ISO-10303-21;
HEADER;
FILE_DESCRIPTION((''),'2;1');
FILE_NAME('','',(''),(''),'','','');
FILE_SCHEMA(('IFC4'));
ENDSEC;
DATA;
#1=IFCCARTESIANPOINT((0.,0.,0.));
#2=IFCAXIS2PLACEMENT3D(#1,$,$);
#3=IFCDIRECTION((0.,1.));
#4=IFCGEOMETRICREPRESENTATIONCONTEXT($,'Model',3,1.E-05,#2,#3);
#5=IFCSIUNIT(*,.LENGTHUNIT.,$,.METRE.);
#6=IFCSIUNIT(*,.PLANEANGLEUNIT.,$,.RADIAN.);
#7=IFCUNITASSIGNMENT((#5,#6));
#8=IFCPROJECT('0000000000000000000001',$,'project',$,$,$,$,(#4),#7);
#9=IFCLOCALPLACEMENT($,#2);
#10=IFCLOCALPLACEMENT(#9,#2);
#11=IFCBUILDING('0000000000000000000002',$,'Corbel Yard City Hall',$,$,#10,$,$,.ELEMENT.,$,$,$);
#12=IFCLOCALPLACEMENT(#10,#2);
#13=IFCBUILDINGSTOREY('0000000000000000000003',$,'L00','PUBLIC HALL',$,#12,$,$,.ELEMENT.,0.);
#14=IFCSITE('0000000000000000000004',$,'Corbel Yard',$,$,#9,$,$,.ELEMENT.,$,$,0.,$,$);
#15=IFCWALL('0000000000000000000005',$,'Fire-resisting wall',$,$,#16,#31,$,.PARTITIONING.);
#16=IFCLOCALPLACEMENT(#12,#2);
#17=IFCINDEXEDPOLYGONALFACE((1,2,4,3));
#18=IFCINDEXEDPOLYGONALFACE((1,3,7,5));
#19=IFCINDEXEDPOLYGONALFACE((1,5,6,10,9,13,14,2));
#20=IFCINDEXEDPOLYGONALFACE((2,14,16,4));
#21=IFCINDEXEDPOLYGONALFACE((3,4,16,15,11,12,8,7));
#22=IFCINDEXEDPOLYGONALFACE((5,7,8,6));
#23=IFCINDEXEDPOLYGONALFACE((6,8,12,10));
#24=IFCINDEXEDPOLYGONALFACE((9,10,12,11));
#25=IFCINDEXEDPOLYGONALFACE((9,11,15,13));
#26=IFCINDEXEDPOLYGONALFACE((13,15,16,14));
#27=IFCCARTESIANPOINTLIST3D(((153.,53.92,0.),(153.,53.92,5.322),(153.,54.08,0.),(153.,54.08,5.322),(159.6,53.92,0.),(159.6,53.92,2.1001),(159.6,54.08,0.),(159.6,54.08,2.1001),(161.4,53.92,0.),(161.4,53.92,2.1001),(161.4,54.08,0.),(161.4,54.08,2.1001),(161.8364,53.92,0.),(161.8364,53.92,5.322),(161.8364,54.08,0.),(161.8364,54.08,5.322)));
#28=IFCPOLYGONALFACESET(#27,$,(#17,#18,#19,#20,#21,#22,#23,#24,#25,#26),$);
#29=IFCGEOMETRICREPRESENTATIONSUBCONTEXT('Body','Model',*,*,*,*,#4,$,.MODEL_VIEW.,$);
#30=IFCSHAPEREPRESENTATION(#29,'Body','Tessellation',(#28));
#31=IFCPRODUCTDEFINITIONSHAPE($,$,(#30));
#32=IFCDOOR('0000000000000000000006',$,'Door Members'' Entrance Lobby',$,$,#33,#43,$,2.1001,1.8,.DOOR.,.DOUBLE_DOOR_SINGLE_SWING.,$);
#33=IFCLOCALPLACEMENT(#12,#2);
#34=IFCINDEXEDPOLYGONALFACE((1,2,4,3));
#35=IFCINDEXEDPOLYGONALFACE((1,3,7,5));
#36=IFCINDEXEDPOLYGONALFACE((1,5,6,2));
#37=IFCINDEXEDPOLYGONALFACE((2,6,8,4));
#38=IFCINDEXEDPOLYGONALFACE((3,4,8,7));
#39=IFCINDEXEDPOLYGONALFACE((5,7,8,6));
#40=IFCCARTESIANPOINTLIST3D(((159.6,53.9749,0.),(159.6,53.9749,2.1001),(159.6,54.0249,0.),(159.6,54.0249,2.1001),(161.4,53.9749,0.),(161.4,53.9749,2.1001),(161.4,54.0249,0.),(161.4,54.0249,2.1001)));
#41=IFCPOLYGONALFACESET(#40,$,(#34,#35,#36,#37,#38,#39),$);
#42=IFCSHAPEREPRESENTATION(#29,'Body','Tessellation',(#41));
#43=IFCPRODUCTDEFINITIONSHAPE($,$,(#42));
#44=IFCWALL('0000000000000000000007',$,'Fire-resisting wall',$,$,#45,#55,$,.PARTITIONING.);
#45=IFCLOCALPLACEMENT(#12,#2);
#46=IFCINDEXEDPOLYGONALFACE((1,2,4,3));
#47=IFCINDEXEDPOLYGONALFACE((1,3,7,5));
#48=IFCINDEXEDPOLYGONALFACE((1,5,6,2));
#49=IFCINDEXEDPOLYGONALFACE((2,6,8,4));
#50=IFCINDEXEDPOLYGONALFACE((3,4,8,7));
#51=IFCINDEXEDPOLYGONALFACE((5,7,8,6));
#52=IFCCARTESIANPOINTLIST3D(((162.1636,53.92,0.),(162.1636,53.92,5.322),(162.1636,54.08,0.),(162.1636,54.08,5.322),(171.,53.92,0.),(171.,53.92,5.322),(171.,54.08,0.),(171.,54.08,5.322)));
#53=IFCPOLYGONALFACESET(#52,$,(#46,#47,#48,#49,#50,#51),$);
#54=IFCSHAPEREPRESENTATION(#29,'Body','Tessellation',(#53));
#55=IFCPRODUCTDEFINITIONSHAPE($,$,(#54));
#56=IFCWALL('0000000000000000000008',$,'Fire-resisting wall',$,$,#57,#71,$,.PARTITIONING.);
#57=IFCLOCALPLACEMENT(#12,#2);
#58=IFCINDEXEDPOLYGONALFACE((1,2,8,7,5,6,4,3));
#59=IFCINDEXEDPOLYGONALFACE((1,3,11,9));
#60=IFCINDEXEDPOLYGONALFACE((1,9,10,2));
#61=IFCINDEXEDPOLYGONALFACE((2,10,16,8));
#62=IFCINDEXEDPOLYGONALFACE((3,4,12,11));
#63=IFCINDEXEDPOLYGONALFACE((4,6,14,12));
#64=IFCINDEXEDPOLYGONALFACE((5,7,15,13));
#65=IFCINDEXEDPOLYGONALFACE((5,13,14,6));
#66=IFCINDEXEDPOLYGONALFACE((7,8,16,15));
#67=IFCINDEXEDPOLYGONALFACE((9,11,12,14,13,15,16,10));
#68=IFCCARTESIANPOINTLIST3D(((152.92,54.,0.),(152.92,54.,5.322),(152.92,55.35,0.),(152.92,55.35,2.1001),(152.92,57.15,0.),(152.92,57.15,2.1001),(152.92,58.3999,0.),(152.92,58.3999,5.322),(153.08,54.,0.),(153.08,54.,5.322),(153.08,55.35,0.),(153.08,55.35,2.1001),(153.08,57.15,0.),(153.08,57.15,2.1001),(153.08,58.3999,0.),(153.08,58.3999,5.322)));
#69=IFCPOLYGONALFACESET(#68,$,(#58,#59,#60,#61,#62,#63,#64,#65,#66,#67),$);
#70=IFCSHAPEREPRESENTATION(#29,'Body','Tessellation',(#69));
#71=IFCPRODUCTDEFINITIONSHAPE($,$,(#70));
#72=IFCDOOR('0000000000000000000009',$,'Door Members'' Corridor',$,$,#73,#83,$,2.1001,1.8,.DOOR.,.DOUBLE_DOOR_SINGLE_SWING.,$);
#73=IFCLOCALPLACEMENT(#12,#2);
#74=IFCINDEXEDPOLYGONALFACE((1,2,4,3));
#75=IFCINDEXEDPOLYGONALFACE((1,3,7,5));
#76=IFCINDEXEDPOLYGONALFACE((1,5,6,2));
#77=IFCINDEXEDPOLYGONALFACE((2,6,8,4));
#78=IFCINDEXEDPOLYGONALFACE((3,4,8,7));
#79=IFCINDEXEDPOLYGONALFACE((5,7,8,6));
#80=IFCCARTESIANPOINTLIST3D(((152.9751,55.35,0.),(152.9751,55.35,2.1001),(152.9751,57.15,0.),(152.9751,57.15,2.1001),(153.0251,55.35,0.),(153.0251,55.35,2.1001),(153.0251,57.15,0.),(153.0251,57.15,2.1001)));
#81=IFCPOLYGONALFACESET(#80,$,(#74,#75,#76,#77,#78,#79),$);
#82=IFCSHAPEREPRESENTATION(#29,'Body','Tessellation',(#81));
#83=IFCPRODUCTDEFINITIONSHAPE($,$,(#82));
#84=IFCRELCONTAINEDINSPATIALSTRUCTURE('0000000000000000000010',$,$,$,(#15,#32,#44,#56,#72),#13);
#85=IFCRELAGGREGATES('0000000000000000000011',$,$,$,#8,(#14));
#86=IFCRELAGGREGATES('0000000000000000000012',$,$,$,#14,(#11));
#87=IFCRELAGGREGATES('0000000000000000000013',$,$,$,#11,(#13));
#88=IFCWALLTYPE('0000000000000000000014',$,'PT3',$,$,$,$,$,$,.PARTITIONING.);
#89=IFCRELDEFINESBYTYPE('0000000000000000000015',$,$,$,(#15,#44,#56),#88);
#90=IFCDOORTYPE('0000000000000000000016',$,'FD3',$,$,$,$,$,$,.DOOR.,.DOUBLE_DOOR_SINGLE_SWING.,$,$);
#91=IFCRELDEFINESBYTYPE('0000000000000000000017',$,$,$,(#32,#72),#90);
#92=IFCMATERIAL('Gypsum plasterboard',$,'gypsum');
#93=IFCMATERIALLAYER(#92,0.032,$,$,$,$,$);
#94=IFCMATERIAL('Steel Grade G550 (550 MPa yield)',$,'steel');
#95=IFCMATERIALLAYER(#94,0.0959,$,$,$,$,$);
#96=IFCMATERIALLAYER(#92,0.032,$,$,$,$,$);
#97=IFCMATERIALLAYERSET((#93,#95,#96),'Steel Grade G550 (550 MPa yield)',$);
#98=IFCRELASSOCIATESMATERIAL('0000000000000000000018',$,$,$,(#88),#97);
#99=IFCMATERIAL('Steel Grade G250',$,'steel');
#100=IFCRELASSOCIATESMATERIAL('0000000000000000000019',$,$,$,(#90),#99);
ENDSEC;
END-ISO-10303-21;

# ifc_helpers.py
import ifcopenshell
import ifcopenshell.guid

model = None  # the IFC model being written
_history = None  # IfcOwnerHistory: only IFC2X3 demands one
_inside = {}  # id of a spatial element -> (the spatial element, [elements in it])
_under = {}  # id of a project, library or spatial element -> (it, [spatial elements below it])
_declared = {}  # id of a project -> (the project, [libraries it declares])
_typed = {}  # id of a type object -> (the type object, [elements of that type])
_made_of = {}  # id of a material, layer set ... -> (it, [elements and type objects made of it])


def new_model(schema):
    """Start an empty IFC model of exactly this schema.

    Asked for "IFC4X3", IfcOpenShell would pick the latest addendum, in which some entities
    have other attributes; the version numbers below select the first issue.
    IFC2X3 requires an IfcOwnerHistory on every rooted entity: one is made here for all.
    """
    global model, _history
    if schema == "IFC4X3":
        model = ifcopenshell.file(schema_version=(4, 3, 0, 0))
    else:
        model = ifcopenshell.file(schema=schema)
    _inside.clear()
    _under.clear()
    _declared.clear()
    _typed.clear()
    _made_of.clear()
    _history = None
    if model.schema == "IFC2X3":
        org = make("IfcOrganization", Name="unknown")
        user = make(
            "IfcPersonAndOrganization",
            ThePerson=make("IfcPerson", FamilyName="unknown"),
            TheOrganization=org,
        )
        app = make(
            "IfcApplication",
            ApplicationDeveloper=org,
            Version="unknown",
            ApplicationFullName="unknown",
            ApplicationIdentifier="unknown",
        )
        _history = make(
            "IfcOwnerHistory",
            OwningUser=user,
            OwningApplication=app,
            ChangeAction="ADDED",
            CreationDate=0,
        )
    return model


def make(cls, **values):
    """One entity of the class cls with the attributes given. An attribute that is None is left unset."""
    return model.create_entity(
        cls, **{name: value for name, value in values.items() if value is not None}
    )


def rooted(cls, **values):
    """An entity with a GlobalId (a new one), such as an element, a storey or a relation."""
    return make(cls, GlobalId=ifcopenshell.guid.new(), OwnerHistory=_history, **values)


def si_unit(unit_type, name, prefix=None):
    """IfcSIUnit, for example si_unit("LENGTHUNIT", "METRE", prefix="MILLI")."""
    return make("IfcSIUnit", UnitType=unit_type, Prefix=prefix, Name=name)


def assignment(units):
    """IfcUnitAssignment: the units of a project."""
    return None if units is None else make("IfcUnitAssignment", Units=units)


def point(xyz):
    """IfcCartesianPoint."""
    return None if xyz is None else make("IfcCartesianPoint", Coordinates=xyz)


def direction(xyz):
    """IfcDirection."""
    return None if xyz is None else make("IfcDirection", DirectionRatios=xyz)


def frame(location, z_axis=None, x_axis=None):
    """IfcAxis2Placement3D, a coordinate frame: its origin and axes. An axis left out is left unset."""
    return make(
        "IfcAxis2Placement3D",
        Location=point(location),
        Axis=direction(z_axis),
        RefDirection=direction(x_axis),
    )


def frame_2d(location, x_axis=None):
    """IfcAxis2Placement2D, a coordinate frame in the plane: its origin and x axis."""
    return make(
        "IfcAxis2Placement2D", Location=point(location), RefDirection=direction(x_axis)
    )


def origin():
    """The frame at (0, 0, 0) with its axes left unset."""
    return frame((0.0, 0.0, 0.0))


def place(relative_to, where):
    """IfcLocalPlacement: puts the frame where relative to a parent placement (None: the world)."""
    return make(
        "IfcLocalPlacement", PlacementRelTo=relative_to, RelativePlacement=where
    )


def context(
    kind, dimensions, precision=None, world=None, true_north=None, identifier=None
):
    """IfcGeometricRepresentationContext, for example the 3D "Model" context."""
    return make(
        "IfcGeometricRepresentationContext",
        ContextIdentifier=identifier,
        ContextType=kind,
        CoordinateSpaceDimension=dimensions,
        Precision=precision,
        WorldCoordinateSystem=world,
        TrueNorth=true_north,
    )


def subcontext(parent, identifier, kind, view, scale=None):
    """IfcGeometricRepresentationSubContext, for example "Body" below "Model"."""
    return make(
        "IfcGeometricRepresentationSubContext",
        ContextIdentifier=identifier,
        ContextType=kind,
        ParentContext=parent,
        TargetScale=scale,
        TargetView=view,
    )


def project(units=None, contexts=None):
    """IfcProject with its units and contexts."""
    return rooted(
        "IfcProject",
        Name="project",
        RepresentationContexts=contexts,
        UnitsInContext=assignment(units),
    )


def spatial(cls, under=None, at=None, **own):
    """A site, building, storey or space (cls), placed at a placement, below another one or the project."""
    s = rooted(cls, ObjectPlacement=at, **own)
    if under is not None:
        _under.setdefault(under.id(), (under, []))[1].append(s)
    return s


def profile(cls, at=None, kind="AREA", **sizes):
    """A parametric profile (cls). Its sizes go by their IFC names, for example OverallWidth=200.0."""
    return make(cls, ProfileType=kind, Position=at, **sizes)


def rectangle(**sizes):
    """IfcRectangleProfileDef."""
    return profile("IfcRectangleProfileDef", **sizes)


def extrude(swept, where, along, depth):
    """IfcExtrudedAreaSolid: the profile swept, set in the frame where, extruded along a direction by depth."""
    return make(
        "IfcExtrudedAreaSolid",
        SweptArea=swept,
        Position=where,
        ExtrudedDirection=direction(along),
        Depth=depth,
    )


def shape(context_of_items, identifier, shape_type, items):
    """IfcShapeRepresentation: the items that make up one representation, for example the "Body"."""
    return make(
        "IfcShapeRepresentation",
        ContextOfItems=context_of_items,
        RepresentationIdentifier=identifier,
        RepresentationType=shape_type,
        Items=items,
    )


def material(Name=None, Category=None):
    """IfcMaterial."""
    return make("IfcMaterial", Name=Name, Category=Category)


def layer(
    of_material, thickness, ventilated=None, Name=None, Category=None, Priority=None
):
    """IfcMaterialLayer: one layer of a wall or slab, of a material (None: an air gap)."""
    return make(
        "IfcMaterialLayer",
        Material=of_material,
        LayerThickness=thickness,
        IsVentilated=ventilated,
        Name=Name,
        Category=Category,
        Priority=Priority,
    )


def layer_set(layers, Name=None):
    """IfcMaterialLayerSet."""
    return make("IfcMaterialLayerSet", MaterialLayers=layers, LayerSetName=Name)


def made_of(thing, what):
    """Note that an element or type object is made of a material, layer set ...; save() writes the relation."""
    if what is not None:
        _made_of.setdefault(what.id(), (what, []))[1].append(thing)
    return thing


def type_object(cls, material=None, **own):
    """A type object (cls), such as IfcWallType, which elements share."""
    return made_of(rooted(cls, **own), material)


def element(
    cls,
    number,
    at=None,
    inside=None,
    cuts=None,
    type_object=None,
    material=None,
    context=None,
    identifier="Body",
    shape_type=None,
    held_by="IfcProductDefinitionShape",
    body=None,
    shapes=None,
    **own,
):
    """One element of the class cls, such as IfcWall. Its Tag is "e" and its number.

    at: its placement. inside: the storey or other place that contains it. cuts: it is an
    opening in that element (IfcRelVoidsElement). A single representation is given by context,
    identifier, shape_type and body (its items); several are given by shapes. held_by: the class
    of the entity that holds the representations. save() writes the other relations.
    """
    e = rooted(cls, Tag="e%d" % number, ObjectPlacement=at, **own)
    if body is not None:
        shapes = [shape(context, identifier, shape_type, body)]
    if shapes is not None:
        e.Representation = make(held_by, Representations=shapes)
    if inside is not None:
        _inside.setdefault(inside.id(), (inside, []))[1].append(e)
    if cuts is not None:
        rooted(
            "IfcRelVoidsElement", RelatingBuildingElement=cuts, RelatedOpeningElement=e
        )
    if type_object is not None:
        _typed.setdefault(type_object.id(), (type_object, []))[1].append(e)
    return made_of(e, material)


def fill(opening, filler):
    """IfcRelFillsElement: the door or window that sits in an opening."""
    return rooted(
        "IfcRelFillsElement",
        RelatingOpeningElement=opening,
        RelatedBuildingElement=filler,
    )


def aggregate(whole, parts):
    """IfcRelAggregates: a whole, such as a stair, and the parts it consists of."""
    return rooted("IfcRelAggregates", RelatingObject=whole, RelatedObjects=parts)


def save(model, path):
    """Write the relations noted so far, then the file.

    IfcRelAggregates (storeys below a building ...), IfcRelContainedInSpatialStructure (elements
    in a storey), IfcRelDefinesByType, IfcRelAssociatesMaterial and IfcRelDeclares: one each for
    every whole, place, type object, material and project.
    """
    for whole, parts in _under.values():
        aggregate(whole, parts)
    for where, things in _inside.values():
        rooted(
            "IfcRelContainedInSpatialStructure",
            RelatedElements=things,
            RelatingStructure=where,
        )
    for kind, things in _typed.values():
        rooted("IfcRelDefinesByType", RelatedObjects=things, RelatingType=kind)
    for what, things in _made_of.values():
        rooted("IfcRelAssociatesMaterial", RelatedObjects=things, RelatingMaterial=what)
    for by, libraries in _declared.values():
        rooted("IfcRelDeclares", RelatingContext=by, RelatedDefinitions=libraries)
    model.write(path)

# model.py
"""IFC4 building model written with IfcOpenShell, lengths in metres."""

from ifc_helpers import new_model, si_unit, direction, frame, frame_2d, origin, place, context, subcontext, project, spatial, rectangle, extrude, material, layer, layer_set, type_object, element, fill, save


model = new_model("IFC4")

# Units and contexts
model_context = context("Model", 3, precision=1e-05, world=origin(), true_north=direction((0.0, 1.0)))
body_context = subcontext(model_context, "Body", "Model", "MODEL_VIEW")
ifc_project = project(units=[si_unit("LENGTHUNIT", "METRE"), si_unit("PLANEANGLEUNIT", "RADIAN")], contexts=[model_context])

# Site, building, storey
site_placement = place(None, origin())
site = spatial("IfcSite", under=ifc_project, at=site_placement, Name="Corbel Yard", CompositionType="ELEMENT", RefElevation=0.0)
building_placement = place(site_placement, origin())
building = spatial("IfcBuilding", under=site, at=building_placement, Name="Corbel Yard City Hall", CompositionType="ELEMENT")
storey_placement = place(building_placement, origin())
storey = spatial("IfcBuildingStorey", under=building, at=storey_placement, Name="L00", Description="PUBLIC HALL", CompositionType="ELEMENT", Elevation=0.0)

# Shared definitions
ifc_material_1 = material(Name="Gypsum plasterboard", Category="gypsum")

# Wall, opening, door
ifc_layer_1 = layer(ifc_material_1, 0.032)
ifc_material_2 = material(Name="Steel Grade G550 (550 MPa yield)", Category="steel")
ifc_layer_2 = layer(ifc_material_2, 0.0959)
ifc_layer_3 = layer(ifc_material_1, 0.032)
ifc_layer_set_1 = layer_set([ifc_layer_1, ifc_layer_2, ifc_layer_3], Name="Steel Grade G550 (550 MPa yield)")
wall_type_1 = type_object("IfcWallType", Name="PT3", PredefinedType="PARTITIONING", material=ifc_layer_set_1)
wall_1_placement = place(storey_placement, frame((153.0, 54.0, 0.0), z_axis=(0.0, 0.0, 1.0), x_axis=(1.0, 0.0, 0.0)))
wall_1 = element("IfcWall", 1, at=wall_1_placement, inside=storey, type_object=wall_type_1, Name="Fire-resisting wall", PredefinedType="PARTITIONING", context=body_context, shape_type="SweptSolid", body=[
    extrude(rectangle(XDim=8.8364, YDim=0.1599, at=frame_2d((4.4182, 0.0))), origin(), (0.0, 0.0, 1.0), 5.322),
])
opening_1_placement = place(wall_1_placement, frame((6.6001, 0.0, 0.0)))
opening_1 = element("IfcOpeningElement", 2, at=opening_1_placement, cuts=wall_1, PredefinedType="OPENING", context=body_context, shape_type="SweptSolid", body=[
    extrude(rectangle(XDim=1.8, YDim=2.1001, at=frame_2d((0.8999, 1.05))), frame((0.0, 0.0898, 0.0), z_axis=(0.0, -1.0, 0.0), x_axis=(1.0, 0.0, 0.0)), (0.0, 0.0, 1.0), 0.1799),
])
ifc_material_3 = material(Name="Steel Grade G250", Category="steel")
door_type = type_object("IfcDoorType", Name="FD3", OperationType="DOUBLE_DOOR_SINGLE_SWING", PredefinedType="DOOR", material=ifc_material_3)
door_1_placement = place(opening_1_placement, origin())
door_1 = element("IfcDoor", 3, at=door_1_placement, inside=storey, type_object=door_type, Name="Door Members' Entrance Lobby", OperationType="DOUBLE_DOOR_SINGLE_SWING", OverallHeight=2.1001, OverallWidth=1.8, PredefinedType="DOOR", context=body_context, shape_type="SweptSolid", body=[
    extrude(rectangle(XDim=1.8, YDim=2.1001, at=frame_2d((0.8999, 1.05))), frame((0.0, 0.0249, 0.0), z_axis=(0.0, -1.0, 0.0), x_axis=(1.0, 0.0, 0.0)), (0.0, 0.0, 1.0), 0.05),
])
fill(opening_1, door_1)

# Wall
wall_2_placement = place(storey_placement, frame((162.1636, 54.0, 0.0), z_axis=(0.0, 0.0, 1.0), x_axis=(1.0, 0.0, 0.0)))
element("IfcWall", 4, at=wall_2_placement, inside=storey, type_object=wall_type_1, Name="Fire-resisting wall", PredefinedType="PARTITIONING", context=body_context, shape_type="SweptSolid", body=[
    extrude(rectangle(XDim=8.8364, YDim=0.1599, at=frame_2d((4.4182, 0.0))), origin(), (0.0, 0.0, 1.0), 5.322),
])

# Wall, opening, door
wall_3_placement = place(storey_placement, frame((153.0, 54.0, 0.0), z_axis=(0.0, 0.0, 1.0), x_axis=(0.0, 1.0, 0.0)))
wall_3 = element("IfcWall", 5, at=wall_3_placement, inside=storey, type_object=wall_type_1, Name="Fire-resisting wall", PredefinedType="PARTITIONING", context=body_context, shape_type="SweptSolid", body=[
    extrude(rectangle(XDim=4.3999, YDim=0.1599, at=frame_2d((2.2, 0.0))), origin(), (0.0, 0.0, 1.0), 5.322),
])
opening_2_placement = place(wall_3_placement, frame((1.3501, 0.0, 0.0)))
opening_2 = element("IfcOpeningElement", 6, at=opening_2_placement, cuts=wall_3, PredefinedType="OPENING", context=body_context, shape_type="SweptSolid", body=[
    extrude(rectangle(XDim=1.8, YDim=2.1001, at=frame_2d((0.8999, 1.05))), frame((0.0, 0.0898, 0.0), z_axis=(0.0, -1.0, 0.0), x_axis=(1.0, 0.0, 0.0)), (0.0, 0.0, 1.0), 0.1799),
])
door_2_placement = place(opening_2_placement, origin())
door_2 = element("IfcDoor", 7, at=door_2_placement, inside=storey, type_object=door_type, Name="Door Members' Corridor", OperationType="DOUBLE_DOOR_SINGLE_SWING", OverallHeight=2.1001, OverallWidth=1.8, PredefinedType="DOOR", context=body_context, shape_type="SweptSolid", body=[
    extrude(rectangle(XDim=1.8, YDim=2.1001, at=frame_2d((0.8999, 1.05))), frame((0.0, 0.0249, 0.0), z_axis=(0.0, -1.0, 0.0), x_axis=(1.0, 0.0, 0.0)), (0.0, 0.0, 1.0), 0.05),
])
fill(opening_2, door_2)

save(model, "model.ifc")
